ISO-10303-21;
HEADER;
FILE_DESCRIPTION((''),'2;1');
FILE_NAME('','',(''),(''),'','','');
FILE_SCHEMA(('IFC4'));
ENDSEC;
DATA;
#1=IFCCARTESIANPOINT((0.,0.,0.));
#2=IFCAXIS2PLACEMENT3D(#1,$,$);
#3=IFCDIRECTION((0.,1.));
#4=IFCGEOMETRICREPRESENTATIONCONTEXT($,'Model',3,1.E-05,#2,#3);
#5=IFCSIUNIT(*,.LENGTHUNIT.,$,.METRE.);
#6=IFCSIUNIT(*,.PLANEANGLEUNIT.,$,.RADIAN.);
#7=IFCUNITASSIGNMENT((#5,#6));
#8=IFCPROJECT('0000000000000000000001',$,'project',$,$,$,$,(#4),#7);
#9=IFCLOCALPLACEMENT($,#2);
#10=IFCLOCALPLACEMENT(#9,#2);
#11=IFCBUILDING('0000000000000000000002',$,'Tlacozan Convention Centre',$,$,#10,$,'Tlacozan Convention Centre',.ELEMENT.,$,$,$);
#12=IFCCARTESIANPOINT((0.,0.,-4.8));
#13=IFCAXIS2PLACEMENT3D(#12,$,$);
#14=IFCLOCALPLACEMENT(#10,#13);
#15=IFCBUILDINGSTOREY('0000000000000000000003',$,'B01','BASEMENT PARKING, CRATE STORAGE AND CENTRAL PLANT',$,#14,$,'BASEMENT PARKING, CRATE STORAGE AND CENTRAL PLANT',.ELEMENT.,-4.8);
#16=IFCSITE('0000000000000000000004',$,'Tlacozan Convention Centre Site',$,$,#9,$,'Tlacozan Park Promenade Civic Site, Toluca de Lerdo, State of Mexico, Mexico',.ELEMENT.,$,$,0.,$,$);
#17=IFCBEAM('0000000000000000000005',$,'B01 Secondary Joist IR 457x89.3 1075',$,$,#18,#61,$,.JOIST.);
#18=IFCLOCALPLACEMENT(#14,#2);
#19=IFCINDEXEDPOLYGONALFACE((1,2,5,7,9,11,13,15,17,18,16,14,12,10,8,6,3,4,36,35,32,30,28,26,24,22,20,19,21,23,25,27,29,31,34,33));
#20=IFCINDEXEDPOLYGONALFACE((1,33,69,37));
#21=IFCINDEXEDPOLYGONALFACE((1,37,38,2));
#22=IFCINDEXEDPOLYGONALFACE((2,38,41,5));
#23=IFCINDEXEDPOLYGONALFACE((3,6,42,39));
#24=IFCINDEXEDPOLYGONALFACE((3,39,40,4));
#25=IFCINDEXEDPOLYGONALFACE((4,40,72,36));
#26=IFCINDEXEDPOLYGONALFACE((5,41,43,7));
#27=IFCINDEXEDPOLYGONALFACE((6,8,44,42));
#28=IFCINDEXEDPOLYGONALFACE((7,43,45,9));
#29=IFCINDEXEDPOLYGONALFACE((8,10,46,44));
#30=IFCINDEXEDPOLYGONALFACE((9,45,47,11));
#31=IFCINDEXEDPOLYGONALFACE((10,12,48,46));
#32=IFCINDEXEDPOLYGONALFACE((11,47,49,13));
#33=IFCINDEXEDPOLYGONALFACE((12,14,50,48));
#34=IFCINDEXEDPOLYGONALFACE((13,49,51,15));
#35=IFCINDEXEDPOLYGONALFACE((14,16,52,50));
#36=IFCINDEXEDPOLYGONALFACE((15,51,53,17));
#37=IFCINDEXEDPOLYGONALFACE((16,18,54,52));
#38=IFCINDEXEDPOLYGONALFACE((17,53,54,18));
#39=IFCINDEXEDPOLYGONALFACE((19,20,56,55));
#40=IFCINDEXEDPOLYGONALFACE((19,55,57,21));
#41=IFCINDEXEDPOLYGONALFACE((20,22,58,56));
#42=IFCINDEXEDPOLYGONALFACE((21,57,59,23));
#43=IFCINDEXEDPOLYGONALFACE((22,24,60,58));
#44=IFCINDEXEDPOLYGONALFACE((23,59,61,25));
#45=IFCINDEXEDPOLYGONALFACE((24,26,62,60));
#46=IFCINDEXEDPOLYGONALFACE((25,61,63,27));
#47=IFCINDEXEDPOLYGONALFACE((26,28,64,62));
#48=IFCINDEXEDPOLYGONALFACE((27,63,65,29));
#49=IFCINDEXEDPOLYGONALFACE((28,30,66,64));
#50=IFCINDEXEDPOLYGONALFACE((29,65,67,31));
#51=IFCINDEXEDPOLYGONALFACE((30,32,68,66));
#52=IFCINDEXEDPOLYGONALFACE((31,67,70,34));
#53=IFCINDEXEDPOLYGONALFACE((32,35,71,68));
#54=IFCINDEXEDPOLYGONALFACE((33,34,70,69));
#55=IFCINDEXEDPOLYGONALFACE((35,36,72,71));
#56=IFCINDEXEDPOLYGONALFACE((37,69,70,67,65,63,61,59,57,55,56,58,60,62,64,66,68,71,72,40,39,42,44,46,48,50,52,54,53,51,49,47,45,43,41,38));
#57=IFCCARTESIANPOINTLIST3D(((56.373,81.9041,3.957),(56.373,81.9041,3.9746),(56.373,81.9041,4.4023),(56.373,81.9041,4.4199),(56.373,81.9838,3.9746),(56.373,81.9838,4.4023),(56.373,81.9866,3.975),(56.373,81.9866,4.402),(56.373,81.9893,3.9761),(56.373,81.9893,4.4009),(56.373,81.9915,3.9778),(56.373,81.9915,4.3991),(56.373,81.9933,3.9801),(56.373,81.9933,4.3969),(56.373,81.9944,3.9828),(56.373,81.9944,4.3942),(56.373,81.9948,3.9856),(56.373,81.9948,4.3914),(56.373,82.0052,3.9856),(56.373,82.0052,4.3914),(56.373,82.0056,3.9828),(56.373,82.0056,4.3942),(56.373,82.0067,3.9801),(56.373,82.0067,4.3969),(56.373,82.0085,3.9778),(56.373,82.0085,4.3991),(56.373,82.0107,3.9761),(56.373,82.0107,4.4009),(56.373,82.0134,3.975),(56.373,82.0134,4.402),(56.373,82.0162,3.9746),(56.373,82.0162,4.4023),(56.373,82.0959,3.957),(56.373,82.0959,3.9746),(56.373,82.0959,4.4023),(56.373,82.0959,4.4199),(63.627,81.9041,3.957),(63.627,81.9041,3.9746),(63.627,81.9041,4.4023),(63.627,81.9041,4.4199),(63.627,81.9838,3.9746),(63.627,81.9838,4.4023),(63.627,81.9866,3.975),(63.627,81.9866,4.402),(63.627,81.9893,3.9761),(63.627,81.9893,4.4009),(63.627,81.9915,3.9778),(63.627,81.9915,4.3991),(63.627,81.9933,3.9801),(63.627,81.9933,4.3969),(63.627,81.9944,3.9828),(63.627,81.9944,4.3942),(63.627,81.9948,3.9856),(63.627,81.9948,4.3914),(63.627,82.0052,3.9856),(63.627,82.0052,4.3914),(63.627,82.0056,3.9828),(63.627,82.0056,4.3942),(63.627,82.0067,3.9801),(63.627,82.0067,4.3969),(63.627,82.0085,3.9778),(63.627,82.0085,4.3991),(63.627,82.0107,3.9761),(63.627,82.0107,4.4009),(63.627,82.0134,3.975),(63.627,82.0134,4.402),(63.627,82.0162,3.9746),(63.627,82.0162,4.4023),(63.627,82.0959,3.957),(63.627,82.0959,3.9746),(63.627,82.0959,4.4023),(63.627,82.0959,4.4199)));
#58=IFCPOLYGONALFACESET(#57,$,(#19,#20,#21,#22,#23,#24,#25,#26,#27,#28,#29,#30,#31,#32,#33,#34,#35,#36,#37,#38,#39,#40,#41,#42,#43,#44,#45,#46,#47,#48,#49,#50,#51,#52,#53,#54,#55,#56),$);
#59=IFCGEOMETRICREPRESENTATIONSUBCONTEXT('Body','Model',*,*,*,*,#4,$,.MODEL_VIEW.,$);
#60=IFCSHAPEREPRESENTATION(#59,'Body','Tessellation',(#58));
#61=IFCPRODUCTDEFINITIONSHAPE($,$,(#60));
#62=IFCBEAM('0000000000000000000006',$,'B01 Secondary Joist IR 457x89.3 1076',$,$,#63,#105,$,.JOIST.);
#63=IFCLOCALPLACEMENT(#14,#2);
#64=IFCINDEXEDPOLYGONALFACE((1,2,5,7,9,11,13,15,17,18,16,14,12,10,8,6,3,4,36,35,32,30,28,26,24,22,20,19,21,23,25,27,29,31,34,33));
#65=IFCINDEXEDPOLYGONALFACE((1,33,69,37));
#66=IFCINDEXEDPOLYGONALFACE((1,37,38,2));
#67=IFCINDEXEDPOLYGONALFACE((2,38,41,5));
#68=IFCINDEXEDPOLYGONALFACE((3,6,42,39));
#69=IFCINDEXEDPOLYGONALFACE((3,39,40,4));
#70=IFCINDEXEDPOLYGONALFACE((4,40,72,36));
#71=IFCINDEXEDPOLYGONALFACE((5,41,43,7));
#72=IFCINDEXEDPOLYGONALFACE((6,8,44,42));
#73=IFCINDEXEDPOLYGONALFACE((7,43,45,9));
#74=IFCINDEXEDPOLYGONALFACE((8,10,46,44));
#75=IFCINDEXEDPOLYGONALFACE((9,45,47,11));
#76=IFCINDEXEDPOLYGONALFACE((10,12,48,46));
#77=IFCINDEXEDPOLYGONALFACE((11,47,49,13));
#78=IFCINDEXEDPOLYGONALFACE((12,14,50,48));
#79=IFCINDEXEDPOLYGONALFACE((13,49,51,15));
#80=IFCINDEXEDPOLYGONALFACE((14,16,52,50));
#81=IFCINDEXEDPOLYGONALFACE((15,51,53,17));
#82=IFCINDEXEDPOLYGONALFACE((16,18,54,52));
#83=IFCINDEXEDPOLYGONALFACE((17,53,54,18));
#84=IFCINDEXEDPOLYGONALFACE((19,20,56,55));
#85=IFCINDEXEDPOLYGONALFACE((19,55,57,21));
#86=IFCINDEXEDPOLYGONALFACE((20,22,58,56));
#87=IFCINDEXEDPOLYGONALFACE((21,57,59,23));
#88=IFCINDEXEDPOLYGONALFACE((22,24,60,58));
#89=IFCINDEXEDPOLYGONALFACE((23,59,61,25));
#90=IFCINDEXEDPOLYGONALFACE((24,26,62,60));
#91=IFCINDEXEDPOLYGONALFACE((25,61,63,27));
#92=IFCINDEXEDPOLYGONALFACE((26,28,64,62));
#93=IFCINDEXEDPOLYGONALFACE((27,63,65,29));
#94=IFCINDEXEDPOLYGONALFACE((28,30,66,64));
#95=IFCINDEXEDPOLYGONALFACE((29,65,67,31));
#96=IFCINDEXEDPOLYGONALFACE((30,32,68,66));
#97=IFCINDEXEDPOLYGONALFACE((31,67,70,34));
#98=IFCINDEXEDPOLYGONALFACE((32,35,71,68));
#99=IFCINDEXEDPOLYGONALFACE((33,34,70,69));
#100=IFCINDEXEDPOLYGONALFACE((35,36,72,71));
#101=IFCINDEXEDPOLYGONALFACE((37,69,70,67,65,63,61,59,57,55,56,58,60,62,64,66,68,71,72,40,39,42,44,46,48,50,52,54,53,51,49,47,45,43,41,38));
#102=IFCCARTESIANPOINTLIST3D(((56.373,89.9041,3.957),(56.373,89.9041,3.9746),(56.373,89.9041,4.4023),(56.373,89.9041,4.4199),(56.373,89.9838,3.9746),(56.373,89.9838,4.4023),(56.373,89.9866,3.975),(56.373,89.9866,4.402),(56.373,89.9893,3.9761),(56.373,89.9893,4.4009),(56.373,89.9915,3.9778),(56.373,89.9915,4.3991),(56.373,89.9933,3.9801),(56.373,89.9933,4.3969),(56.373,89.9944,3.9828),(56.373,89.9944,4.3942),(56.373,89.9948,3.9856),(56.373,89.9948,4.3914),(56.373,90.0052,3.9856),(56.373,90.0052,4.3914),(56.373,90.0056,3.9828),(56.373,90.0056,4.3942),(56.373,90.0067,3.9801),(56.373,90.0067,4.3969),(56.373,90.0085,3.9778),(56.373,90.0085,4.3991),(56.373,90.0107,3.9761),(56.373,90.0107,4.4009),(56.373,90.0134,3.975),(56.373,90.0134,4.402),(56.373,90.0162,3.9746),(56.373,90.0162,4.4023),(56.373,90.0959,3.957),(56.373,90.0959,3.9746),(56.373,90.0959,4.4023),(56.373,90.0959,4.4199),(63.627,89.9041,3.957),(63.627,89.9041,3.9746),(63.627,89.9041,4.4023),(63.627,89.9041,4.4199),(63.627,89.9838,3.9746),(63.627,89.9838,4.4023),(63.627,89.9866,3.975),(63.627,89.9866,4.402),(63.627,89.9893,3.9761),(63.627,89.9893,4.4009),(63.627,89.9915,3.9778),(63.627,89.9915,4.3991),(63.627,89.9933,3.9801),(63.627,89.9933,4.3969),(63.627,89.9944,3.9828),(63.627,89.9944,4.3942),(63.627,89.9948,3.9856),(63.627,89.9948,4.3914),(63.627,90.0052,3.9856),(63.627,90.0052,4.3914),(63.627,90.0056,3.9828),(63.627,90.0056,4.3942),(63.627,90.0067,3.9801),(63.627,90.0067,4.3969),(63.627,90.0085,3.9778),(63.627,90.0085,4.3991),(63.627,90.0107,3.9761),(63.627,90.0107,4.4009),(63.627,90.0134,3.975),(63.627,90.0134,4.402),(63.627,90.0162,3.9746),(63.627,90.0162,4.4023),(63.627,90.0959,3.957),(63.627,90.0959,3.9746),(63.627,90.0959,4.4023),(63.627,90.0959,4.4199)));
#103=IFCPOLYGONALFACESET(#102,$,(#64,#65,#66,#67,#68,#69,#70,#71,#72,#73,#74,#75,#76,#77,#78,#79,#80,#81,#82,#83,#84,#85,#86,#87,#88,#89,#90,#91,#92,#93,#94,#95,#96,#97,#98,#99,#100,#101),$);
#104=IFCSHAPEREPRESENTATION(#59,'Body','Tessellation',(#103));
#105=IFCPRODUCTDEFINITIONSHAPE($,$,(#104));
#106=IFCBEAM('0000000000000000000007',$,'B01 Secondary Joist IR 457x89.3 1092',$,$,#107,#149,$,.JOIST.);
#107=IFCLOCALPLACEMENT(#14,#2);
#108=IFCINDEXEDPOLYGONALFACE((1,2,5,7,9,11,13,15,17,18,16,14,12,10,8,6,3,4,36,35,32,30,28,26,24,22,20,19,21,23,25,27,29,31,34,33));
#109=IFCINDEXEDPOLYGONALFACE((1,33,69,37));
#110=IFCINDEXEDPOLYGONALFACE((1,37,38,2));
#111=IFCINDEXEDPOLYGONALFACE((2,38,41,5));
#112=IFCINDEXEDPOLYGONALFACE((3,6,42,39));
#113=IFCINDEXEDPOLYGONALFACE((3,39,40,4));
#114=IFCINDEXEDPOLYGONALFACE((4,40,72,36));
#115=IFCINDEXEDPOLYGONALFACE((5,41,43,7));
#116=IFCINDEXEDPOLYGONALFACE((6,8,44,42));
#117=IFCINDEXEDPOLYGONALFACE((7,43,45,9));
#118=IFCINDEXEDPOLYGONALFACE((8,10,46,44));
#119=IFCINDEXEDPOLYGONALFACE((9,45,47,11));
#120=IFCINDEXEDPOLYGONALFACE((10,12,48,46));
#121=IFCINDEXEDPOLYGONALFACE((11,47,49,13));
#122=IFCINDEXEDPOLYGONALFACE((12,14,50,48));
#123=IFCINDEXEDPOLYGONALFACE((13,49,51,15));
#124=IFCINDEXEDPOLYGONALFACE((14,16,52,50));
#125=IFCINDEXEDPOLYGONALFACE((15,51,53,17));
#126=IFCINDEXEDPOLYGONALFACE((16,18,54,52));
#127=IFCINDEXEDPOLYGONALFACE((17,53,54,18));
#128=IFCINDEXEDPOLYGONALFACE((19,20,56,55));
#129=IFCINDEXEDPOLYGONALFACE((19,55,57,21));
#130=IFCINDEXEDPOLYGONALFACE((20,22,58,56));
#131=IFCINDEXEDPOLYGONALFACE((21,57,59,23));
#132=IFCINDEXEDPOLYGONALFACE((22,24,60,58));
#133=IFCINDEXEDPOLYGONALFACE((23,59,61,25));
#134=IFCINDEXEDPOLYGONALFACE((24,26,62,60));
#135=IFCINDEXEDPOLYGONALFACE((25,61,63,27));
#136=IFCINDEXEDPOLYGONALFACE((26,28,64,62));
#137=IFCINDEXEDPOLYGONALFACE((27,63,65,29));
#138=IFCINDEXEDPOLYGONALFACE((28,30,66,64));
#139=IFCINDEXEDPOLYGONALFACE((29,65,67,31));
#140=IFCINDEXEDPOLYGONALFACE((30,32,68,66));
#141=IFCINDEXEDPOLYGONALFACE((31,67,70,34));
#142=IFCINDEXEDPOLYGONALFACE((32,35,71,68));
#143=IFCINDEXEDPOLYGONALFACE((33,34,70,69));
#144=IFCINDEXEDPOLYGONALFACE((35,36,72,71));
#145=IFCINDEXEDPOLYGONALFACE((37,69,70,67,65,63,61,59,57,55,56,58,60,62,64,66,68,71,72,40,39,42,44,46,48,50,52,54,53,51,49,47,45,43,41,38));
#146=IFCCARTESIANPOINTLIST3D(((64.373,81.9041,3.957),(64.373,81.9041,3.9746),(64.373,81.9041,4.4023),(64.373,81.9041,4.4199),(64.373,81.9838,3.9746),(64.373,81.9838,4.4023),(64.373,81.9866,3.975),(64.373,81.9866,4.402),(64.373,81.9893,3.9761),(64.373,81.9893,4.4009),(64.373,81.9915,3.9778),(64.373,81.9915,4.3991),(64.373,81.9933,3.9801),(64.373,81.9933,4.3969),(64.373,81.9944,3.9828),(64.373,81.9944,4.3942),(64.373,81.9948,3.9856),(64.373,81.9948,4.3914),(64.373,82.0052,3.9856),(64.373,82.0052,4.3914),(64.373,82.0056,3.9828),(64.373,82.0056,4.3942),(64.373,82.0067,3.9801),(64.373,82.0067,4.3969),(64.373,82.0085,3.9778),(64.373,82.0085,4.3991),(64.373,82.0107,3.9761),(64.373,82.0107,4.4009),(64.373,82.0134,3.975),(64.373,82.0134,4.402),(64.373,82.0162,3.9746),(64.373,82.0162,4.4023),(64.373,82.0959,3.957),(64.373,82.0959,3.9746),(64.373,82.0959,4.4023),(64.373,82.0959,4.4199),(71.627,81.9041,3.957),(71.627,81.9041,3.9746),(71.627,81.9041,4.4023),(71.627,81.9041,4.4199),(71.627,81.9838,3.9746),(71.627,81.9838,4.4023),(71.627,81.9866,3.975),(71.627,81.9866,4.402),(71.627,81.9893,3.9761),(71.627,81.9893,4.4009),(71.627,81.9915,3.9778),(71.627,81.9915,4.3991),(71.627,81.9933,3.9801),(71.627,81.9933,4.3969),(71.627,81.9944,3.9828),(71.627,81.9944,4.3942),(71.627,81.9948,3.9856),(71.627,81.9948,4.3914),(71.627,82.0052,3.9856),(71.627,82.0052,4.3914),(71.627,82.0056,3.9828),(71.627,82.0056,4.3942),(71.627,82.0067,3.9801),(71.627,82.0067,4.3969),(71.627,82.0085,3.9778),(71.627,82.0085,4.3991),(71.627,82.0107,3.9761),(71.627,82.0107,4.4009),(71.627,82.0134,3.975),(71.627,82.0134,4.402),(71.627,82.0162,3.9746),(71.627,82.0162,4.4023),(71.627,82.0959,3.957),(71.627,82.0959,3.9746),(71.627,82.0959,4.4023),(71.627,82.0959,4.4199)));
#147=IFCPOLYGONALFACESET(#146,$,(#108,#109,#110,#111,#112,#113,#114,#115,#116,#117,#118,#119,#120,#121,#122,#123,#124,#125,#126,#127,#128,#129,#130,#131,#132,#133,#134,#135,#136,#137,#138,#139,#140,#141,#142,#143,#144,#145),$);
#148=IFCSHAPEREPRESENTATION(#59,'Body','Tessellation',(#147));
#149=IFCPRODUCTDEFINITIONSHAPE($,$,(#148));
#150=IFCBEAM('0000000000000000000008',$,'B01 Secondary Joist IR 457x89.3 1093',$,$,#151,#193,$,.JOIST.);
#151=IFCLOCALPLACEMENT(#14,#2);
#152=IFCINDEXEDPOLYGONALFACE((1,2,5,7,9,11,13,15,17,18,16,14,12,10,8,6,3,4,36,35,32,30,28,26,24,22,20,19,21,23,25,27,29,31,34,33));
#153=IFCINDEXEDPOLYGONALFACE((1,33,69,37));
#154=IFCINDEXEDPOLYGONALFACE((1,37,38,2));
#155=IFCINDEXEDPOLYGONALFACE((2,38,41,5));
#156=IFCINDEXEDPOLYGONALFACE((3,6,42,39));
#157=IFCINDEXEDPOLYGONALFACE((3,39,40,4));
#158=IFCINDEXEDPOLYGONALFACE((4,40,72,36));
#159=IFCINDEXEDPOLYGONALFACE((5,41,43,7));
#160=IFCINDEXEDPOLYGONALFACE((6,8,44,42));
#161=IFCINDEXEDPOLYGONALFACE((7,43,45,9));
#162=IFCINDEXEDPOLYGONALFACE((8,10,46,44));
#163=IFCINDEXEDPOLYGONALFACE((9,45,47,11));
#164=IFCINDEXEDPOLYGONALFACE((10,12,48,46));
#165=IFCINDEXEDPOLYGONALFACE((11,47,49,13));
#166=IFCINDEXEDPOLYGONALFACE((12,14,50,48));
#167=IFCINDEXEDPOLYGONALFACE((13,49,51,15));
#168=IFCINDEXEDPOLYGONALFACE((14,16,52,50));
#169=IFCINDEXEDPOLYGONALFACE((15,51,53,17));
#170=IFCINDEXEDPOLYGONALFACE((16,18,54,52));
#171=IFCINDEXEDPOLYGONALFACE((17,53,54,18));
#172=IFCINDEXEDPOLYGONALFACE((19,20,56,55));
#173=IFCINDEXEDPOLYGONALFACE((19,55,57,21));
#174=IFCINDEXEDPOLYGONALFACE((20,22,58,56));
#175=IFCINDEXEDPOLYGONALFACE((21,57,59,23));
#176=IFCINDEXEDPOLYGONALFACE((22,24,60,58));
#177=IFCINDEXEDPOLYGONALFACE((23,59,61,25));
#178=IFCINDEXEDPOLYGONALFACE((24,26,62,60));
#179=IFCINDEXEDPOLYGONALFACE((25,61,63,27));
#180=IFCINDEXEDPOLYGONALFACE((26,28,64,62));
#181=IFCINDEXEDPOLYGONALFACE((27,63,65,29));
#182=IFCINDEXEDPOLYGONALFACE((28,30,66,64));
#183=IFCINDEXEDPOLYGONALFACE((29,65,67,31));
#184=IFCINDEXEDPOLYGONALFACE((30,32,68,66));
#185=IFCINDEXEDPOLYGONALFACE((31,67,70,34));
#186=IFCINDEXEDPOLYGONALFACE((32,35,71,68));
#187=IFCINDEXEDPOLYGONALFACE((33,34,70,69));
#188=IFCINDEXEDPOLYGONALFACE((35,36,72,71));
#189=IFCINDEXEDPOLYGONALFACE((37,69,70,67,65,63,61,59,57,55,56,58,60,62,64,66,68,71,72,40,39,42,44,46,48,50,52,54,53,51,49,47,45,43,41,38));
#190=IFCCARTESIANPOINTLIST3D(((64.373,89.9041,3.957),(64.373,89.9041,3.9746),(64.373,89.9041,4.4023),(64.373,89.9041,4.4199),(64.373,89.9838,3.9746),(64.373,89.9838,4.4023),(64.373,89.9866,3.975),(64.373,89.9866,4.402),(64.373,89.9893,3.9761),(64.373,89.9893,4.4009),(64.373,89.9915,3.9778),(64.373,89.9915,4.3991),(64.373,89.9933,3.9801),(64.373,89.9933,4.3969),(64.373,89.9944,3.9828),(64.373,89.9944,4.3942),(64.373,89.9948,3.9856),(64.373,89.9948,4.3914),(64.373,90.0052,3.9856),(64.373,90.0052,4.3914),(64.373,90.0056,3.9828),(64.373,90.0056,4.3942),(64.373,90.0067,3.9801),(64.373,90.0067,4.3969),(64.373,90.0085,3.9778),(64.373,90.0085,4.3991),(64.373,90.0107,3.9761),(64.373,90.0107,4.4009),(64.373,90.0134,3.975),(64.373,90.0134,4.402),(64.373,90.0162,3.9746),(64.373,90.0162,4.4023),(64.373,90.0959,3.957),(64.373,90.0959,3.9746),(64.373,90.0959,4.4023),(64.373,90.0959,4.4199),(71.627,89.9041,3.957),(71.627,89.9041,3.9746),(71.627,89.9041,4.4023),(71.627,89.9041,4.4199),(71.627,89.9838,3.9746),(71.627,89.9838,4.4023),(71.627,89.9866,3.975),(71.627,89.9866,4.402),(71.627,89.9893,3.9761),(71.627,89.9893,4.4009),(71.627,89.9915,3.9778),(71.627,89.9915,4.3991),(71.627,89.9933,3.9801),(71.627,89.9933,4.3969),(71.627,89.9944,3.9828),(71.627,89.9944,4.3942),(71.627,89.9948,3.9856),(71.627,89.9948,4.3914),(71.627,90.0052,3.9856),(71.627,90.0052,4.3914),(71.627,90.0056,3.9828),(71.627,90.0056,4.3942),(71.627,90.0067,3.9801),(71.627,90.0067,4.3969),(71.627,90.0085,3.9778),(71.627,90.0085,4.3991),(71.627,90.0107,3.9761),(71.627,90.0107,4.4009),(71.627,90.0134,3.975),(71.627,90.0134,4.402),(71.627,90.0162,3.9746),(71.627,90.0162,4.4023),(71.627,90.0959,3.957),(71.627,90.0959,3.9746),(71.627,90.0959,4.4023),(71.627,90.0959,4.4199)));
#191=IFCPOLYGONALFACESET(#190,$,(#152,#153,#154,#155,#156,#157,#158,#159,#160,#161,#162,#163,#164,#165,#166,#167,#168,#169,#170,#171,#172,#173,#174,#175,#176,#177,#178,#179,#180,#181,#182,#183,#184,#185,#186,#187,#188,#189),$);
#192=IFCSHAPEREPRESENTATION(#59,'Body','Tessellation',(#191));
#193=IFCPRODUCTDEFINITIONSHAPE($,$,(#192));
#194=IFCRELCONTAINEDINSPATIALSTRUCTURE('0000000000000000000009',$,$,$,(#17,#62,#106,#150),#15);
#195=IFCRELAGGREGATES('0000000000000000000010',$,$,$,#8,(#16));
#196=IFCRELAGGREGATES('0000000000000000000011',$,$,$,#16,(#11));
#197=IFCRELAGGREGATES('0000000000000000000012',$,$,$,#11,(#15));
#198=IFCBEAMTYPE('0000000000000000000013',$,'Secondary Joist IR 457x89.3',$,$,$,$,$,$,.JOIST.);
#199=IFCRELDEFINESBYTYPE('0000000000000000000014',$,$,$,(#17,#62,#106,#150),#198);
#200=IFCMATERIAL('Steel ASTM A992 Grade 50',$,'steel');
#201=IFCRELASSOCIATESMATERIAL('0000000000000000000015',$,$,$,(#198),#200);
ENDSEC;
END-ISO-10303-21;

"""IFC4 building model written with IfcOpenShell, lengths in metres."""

from ifc_helpers import new_model, si_unit, direction, frame, origin, origin_2d, place, context, subcontext, project, spatial, i_section, extrude, material, material_profile, profile_set, type_object, element, save


model = new_model("IFC4")

# Units and contexts
model_context = context("Model", 3, precision=1e-05, world=origin(), true_north=direction((0.0, 1.0)))
body_context = subcontext(model_context, "Body", "Model", "MODEL_VIEW")
ifc_project = project(units=[si_unit("LENGTHUNIT", "METRE"), si_unit("PLANEANGLEUNIT", "RADIAN")], contexts=[model_context])

# Site, building, storey
site_placement = place(None, origin())
site = spatial("IfcSite", under=ifc_project, at=site_placement, Name="Tlacozan Convention Centre Site", LongName="Tlacozan Park Promenade Civic Site, Toluca de Lerdo, State of Mexico, Mexico", CompositionType="ELEMENT", RefElevation=0.0)
building_placement = place(site_placement, origin())
building = spatial("IfcBuilding", under=site, at=building_placement, Name="Tlacozan Convention Centre", LongName="Tlacozan Convention Centre", CompositionType="ELEMENT")
storey_placement = place(building_placement, frame((0.0, 0.0, -4.8)))
storey = spatial("IfcBuildingStorey", under=building, at=storey_placement, Name="B01", Description="BASEMENT PARKING, CRATE STORAGE AND CENTRAL PLANT", LongName="BASEMENT PARKING, CRATE STORAGE AND CENTRAL PLANT", CompositionType="ELEMENT", Elevation=-4.8)

# Beams
ifc_material_1 = material(Name="Steel ASTM A992 Grade 50", Category="steel")
ifc_material_profile_1 = material_profile(ifc_material_1, i_section(OverallWidth=0.1919, OverallDepth=0.4629, WebThickness=0.0105, FlangeThickness=0.0176, FilletRadius=0.011, at=origin_2d()), Name="IR 457x89.3")
ifc_profile_set_1 = profile_set([ifc_material_profile_1], Name="Steel ASTM A992 Grade 50")
beam_type_1 = type_object("IfcBeamType", Name="Secondary Joist IR 457x89.3", PredefinedType="JOIST", material=ifc_profile_set_1)
for number, where, z_axis, x_axis, name in (
    (1, (56.373, 82.0, 4.1885), (1.0, 0.0, 0.0), (0.0, 1.0, 0.0), "B01 Secondary Joist IR 457x89.3 1075"),
    (2, (56.373, 90.0, 4.1885), (1.0, 0.0, 0.0), (0.0, 1.0, 0.0), "B01 Secondary Joist IR 457x89.3 1076"),
    (3, (64.373, 82.0, 4.1885), (1.0, 0.0, 0.0), (0.0, 1.0, 0.0), "B01 Secondary Joist IR 457x89.3 1092"),
    (4, (64.373, 90.0, 4.1885), (1.0, 0.0, 0.0), (0.0, 1.0, 0.0), "B01 Secondary Joist IR 457x89.3 1093"),
):
    element("IfcBeam", number, at=place(storey_placement, frame(where, z_axis=z_axis, x_axis=x_axis)), inside=storey, type_object=beam_type_1, Name=name, PredefinedType="JOIST", context=body_context, shape_type="SweptSolid", body=[
        extrude(i_section(OverallWidth=0.1919, OverallDepth=0.4629, WebThickness=0.0105, FlangeThickness=0.0176, FilletRadius=0.011, at=origin_2d()), origin(), (0.0, 0.0, 1.0), 7.2539),
    ])

save(model, "model.ifc")
